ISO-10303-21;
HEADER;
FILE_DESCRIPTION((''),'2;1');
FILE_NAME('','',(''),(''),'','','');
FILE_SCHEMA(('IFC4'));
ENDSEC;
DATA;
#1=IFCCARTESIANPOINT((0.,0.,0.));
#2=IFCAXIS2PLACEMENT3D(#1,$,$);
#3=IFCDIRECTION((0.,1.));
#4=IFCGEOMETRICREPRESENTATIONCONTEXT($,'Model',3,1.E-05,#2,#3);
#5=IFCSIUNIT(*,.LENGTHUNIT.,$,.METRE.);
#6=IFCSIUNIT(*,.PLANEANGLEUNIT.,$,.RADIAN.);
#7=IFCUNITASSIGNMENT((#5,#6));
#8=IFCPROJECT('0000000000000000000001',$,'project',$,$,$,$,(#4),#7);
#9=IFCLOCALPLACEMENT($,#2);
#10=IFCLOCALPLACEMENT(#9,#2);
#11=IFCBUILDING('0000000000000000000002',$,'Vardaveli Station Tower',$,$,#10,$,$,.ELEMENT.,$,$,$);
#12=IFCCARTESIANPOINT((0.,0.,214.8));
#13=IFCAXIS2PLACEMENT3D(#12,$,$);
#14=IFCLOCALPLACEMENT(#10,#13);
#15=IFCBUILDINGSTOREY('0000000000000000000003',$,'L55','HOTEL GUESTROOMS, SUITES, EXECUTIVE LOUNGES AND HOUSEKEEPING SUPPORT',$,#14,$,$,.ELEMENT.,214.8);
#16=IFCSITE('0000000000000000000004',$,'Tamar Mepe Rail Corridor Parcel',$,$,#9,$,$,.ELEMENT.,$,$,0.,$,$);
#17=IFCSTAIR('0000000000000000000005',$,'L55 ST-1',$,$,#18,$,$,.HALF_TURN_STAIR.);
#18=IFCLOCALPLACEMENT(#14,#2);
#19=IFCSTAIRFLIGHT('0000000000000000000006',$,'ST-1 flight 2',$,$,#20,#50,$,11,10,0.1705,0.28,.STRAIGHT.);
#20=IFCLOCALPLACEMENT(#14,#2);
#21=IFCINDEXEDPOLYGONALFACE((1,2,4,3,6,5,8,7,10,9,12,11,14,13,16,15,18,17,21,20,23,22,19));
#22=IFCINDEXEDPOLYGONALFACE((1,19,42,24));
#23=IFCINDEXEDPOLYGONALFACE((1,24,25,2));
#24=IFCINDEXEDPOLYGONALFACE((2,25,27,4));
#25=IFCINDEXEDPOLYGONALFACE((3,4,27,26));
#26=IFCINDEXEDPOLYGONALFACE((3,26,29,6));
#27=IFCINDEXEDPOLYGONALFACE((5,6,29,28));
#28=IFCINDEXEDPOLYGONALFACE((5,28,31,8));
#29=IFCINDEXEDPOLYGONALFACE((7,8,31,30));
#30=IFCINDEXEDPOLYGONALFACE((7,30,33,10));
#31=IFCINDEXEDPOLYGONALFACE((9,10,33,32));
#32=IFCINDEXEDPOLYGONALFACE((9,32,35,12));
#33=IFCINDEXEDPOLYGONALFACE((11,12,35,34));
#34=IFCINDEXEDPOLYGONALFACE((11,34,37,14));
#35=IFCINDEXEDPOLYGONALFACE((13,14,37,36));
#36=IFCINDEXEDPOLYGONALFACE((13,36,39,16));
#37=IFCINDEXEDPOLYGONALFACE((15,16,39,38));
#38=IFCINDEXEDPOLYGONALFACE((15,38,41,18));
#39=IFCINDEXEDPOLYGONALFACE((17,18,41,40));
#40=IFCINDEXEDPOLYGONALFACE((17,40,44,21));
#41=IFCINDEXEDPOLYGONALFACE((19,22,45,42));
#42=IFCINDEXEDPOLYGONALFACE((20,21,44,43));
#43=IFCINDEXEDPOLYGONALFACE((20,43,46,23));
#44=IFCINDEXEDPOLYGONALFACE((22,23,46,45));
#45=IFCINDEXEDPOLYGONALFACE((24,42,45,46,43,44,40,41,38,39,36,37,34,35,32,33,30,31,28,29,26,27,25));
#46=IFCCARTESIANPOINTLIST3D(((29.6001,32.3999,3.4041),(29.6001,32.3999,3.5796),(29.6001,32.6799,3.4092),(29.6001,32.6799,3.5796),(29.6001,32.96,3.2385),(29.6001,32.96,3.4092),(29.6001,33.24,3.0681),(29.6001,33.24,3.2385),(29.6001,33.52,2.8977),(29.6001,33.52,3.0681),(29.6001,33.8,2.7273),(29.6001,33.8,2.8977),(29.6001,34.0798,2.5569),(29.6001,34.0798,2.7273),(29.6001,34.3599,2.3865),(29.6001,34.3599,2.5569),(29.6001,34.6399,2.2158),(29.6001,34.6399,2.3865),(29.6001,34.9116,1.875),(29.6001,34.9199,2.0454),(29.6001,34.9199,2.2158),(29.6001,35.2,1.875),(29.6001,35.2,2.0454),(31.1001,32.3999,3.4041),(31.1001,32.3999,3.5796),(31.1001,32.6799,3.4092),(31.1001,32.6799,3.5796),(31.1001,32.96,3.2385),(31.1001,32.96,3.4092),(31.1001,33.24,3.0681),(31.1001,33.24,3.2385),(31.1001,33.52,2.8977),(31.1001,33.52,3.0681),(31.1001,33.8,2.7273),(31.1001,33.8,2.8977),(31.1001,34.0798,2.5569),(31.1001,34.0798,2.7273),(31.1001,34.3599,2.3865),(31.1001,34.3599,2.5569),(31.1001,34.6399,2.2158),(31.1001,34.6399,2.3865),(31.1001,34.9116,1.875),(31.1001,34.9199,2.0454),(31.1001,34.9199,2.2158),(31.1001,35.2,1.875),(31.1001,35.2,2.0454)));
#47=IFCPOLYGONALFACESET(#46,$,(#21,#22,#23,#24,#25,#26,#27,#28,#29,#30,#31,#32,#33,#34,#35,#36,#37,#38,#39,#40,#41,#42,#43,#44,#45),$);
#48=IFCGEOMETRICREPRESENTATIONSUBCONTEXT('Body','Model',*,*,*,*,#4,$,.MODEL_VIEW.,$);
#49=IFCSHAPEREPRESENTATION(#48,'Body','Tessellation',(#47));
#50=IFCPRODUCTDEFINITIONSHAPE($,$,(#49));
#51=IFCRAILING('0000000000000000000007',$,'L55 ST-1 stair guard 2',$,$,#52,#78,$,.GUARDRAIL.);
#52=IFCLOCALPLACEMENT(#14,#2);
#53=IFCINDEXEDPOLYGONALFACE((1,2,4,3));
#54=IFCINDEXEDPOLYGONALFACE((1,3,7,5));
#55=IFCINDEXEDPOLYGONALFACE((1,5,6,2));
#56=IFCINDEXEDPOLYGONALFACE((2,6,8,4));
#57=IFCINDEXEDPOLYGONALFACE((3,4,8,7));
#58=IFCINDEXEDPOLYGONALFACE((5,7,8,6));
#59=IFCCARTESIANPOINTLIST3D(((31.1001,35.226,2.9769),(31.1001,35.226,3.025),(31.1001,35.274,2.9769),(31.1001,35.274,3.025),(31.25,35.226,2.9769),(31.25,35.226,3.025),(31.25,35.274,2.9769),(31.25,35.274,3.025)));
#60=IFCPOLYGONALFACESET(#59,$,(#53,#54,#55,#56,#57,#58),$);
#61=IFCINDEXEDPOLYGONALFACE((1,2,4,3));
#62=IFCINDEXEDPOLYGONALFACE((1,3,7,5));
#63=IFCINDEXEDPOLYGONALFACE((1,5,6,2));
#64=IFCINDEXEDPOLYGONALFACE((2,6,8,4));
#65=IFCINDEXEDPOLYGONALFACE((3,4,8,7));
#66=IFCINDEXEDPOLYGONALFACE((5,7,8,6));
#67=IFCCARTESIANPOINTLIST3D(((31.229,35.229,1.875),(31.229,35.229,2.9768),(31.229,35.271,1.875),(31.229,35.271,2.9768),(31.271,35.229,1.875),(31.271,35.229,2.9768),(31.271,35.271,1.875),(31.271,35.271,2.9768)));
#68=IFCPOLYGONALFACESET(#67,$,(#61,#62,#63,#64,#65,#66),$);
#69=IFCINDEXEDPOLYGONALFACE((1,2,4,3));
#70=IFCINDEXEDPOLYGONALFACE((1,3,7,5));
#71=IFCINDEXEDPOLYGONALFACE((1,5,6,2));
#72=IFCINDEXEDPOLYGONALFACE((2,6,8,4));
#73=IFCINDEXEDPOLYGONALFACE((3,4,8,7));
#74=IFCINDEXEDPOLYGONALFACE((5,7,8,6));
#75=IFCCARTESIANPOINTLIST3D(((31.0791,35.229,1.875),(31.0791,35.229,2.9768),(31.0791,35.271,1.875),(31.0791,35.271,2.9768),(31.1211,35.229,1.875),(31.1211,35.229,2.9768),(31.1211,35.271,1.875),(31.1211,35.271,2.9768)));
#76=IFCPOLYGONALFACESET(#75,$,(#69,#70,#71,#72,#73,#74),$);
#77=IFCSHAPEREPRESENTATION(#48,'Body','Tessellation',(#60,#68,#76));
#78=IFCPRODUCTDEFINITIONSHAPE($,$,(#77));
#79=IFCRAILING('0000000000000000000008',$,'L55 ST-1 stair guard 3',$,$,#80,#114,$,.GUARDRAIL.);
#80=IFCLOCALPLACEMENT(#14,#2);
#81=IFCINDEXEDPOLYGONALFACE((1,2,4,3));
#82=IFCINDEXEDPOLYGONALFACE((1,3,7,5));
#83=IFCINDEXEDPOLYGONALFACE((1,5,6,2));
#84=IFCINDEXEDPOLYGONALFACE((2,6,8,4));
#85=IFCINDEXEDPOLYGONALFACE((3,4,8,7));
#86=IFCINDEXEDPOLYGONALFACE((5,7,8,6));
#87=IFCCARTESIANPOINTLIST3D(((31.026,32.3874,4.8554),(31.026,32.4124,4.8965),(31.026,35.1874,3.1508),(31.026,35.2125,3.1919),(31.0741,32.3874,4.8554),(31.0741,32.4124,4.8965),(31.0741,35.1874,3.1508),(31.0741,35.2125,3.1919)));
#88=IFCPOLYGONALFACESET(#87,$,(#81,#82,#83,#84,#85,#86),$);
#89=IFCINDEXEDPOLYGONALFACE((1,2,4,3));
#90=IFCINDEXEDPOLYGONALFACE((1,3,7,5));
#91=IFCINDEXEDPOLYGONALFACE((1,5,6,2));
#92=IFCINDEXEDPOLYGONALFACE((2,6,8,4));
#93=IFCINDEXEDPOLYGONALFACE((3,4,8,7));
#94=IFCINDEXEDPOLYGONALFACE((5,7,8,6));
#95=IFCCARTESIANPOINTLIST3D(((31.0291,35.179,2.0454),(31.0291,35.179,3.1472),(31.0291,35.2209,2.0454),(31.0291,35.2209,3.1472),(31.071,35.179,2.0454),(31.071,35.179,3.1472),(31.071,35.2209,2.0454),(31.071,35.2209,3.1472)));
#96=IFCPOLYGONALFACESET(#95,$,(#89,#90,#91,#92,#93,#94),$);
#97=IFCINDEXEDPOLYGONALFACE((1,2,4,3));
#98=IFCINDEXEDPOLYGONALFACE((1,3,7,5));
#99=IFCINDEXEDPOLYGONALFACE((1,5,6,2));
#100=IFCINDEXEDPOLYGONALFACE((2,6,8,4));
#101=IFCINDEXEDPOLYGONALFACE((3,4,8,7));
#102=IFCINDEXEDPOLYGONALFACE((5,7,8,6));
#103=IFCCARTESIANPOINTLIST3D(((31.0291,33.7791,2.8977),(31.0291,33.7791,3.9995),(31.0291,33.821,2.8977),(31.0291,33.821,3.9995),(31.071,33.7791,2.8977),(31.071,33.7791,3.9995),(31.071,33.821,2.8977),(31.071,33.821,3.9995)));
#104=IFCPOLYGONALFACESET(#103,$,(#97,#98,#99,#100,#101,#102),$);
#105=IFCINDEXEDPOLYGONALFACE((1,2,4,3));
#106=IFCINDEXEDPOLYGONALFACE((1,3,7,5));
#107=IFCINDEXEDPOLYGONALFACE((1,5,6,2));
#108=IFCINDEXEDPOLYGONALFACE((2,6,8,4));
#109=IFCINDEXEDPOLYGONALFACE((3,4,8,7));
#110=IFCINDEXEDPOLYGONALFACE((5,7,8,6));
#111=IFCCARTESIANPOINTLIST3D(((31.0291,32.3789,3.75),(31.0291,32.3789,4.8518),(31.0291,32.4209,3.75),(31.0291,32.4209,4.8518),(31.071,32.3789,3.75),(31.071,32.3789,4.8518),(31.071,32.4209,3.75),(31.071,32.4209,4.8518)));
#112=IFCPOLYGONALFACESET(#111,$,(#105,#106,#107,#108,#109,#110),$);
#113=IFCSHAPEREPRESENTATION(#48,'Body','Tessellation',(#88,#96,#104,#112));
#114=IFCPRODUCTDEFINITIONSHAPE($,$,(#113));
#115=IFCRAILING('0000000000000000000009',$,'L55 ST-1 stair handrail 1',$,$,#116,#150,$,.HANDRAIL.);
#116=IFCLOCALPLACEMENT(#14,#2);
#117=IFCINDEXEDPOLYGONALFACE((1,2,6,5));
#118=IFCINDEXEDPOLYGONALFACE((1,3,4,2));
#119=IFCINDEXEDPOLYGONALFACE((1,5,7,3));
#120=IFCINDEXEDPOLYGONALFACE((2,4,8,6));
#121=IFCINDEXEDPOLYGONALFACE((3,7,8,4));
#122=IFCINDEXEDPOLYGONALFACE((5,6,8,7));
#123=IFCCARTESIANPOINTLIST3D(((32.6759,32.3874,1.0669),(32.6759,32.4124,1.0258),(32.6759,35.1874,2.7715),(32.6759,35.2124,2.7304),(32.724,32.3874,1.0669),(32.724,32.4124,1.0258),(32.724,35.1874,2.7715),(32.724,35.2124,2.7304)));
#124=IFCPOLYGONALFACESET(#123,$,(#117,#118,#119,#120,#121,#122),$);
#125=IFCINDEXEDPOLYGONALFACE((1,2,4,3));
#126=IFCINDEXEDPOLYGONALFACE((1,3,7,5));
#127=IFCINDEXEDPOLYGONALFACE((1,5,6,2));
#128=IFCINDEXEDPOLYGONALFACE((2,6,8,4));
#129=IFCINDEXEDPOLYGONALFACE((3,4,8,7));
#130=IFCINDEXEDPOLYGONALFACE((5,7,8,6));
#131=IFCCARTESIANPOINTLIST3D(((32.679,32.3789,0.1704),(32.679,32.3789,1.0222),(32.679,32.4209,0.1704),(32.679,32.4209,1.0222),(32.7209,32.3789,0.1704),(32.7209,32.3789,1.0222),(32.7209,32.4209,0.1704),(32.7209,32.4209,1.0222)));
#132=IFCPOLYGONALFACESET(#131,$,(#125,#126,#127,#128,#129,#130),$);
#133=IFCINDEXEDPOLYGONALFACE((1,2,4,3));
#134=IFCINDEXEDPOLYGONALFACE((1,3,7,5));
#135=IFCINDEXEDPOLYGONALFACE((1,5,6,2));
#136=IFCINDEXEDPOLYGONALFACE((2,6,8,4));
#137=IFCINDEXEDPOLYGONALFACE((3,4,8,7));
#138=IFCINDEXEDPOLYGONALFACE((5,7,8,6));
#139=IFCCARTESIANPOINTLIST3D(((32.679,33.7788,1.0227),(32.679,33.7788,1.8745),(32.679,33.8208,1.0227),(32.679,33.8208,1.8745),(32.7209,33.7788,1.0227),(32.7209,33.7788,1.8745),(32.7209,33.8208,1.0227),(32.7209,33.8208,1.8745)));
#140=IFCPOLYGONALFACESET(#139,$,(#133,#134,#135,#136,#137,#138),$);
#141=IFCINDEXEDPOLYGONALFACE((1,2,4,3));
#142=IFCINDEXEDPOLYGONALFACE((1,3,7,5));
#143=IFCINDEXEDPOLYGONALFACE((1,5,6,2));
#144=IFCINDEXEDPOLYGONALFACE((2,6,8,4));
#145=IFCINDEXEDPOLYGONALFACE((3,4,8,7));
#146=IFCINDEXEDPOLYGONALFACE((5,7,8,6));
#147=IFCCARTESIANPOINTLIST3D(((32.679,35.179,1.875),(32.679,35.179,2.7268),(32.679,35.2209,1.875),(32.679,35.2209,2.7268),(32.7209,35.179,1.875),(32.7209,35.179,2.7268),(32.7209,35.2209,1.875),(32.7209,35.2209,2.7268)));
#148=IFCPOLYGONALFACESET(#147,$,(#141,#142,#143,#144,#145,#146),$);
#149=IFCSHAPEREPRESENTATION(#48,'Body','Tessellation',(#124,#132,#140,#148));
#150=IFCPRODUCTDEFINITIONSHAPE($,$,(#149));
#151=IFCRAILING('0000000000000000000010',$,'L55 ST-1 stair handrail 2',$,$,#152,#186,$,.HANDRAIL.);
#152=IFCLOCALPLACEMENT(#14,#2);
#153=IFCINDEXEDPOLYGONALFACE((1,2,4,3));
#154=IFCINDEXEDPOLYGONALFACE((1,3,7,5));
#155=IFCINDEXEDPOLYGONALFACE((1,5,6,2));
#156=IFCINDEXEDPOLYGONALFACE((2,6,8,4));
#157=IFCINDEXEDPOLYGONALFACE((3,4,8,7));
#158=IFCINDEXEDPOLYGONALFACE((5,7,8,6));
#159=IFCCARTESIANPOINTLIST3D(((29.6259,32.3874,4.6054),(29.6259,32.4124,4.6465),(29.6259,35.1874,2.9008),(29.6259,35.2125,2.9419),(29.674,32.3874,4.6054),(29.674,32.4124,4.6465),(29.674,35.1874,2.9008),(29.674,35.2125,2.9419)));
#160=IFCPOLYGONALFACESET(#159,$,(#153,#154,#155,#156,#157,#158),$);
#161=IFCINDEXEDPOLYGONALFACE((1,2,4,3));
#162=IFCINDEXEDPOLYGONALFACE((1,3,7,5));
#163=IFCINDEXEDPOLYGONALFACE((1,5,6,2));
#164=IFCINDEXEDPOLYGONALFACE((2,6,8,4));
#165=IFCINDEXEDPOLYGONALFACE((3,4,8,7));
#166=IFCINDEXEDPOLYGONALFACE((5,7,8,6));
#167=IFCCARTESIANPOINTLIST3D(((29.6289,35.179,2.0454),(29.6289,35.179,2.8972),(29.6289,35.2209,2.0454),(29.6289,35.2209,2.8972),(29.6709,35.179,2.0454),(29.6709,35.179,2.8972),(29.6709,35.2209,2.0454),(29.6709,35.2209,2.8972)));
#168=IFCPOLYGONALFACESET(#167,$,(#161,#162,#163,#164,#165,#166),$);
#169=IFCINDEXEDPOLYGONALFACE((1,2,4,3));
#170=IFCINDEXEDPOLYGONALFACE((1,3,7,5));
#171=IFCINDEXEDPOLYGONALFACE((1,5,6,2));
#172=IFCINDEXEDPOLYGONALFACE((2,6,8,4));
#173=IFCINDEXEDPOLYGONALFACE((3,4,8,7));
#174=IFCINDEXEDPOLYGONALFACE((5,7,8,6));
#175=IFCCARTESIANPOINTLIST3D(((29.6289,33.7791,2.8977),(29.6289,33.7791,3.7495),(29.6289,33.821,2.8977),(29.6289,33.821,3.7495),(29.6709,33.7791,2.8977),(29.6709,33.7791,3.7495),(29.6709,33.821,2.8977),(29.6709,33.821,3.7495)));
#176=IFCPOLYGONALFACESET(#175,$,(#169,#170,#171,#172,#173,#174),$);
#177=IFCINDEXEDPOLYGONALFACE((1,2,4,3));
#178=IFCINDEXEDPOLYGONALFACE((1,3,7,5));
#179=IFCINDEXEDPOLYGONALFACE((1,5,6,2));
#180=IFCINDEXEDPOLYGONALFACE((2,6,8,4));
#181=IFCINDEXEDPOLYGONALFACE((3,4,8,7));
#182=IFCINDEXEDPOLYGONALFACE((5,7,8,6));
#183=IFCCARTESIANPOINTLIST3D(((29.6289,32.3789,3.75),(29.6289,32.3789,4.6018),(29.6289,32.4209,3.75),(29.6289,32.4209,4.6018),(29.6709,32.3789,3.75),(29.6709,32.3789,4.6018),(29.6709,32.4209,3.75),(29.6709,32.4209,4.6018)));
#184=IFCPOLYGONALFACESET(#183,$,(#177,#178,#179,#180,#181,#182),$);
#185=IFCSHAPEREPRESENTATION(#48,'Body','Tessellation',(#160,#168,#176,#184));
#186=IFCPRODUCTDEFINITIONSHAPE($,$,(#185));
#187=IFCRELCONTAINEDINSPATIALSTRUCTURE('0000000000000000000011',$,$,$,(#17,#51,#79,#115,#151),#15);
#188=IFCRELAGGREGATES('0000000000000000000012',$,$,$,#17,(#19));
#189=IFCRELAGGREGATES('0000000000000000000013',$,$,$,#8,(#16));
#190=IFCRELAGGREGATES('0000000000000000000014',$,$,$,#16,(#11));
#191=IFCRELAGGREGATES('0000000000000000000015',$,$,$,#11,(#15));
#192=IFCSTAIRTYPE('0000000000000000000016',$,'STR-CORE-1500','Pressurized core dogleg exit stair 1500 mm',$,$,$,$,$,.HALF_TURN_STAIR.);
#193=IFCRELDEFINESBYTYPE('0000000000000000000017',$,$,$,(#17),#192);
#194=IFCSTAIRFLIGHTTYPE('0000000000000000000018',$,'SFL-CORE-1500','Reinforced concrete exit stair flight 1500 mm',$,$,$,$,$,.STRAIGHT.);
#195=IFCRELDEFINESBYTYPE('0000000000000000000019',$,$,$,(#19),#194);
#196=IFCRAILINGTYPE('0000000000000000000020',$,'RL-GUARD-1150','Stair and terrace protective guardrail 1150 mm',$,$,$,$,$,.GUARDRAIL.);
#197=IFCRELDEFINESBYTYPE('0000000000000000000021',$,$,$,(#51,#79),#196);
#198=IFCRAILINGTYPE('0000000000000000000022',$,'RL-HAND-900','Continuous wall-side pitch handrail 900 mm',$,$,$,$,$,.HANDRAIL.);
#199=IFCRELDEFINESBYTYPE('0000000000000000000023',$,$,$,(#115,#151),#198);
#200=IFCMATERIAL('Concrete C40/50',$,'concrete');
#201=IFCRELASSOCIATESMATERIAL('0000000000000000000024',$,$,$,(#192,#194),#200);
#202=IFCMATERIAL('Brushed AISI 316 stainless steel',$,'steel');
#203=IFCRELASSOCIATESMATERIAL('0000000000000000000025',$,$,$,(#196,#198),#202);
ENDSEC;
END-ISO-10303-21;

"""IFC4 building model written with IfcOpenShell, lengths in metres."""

from ifc_helpers import new_model, si_unit, direction, frame, origin, origin_2d, place, context, subcontext, project, spatial, polyline, rectangle, outline, extrude, source, transform, mapped, material, type_object, element, aggregate, save


model = new_model("IFC4")

# Units and contexts
model_context = context("Model", 3, precision=1e-05, world=origin(), true_north=direction((0.0, 1.0)))
body_context = subcontext(model_context, "Body", "Model", "MODEL_VIEW")
ifc_project = project(units=[si_unit("LENGTHUNIT", "METRE"), si_unit("PLANEANGLEUNIT", "RADIAN")], contexts=[model_context])

# Site, building, storey
site_placement = place(None, origin())
site = spatial("IfcSite", under=ifc_project, at=site_placement, Name="Tamar Mepe Rail Corridor Parcel", CompositionType="ELEMENT", RefElevation=0.0)
building_placement = place(site_placement, origin())
building = spatial("IfcBuilding", under=site, at=building_placement, Name="Vardaveli Station Tower", CompositionType="ELEMENT")
storey_placement = place(building_placement, frame((0.0, 0.0, 214.8)))
storey = spatial("IfcBuildingStorey", under=building, at=storey_placement, Name="L55", Description="HOTEL GUESTROOMS, SUITES, EXECUTIVE LOUNGES AND HOUSEKEEPING SUPPORT", CompositionType="ELEMENT", Elevation=214.8)

# Shared definitions
ifc_material_1 = material(Name="Concrete C40/50", Category="concrete")

# Stair, stair flight
stair_type = type_object("IfcStairType", Name="STR-CORE-1500", Description="Pressurized core dogleg exit stair 1500 mm", PredefinedType="HALF_TURN_STAIR", material=ifc_material_1)
stair_placement = place(storey_placement, origin())
stair = element("IfcStair", 1, at=stair_placement, inside=storey, type_object=stair_type, Name="L55 ST-1", PredefinedType="HALF_TURN_STAIR")
stair_flight_type = type_object("IfcStairFlightType", Name="SFL-CORE-1500", Description="Reinforced concrete exit stair flight 1500 mm", PredefinedType="STRAIGHT", material=ifc_material_1)
shared_shape_1 = source(origin(), body_context, "Body", "SweptSolid", [
    extrude(outline(polyline([(0.0, 0.0), (0.0, 0.1704), (0.28, 0.1704), (0.28, 0.3408), (0.5601, 0.3408), (0.5601, 0.5115), (0.8401, 0.5115), (0.8401, 0.6819), (1.1201, 0.6819), (1.1201, 0.8523), (1.3999, 0.8523), (1.3999, 1.0227), (1.6799, 1.0227), (1.6799, 1.1931), (1.96, 1.1931), (1.96, 1.3635), (2.24, 1.3635), (2.24, 1.5342), (2.52, 1.5342), (2.52, 1.7046), (2.8, 1.7046), (2.8, 1.875), (2.8, 1.5291), (0.2883, 0.0), (0.0, 0.0)])), frame((0.0, 0.75, 0.0), z_axis=(0.0, -1.0, 0.0), x_axis=(1.0, 0.0, 0.0)), (0.0, 0.0, 1.0), 1.5),
])
stair_flight_1_placement = place(storey_placement, frame((30.3501, 35.2, 1.875), z_axis=(0.0, 0.0, 1.0), x_axis=(0.0, -1.0, 0.0)))
stair_flight_1 = element("IfcStairFlight", 2, at=stair_flight_1_placement, type_object=stair_flight_type, Name="ST-1 flight 2", NumberOfRisers=11, NumberOfTreads=10, PredefinedType="STRAIGHT", RiserHeight=0.1705, TreadLength=0.28, context=body_context, shape_type="MappedRepresentation", body=[
    mapped(shared_shape_1, transform((0.0, 0.0, 0.0), scale=1.0)),
])
aggregate(stair, [stair_flight_1])

# Railings
ifc_material_2 = material(Name="Brushed AISI 316 stainless steel", Category="steel")
railing_type_1 = type_object("IfcRailingType", Name="RL-GUARD-1150", Description="Stair and terrace protective guardrail 1150 mm", PredefinedType="GUARDRAIL", material=ifc_material_2)
shared_shape_2 = source(origin(), body_context, "Body", "SweptSolid", [
    extrude(rectangle(XDim=0.0481, YDim=0.0481, at=origin_2d()), frame((0.0, 0.0, 1.126), z_axis=(-1.0, 0.0, 0.0), x_axis=(0.0, -1.0, 0.0)), (0.0, 0.0, 1.0), 0.1499),
    extrude(rectangle(XDim=0.042, YDim=0.042, at=origin_2d()), origin(), (0.0, 0.0, 1.0), 1.1018),
    extrude(rectangle(XDim=0.042, YDim=0.042, at=origin_2d()), frame((-0.1499, 0.0, 0.0)), (0.0, 0.0, 1.0), 1.1018),
])
railing_1_placement = place(storey_placement, frame((31.25, 35.25, 1.875)))
element("IfcRailing", 3, at=railing_1_placement, inside=storey, type_object=railing_type_1, Name="L55 ST-1 stair guard 2", PredefinedType="GUARDRAIL", context=body_context, shape_type="MappedRepresentation", body=[
    mapped(shared_shape_2, transform((0.0, 0.0, 0.0), scale=1.0)),
])
shared_shape_3 = source(origin(), body_context, "Body", "SweptSolid", [
    extrude(rectangle(XDim=0.0481, YDim=0.0481, at=origin_2d()), frame((0.0, 0.0, 1.126), z_axis=(0.0, -0.85417, 0.519994), x_axis=(1.0, 0.0, 0.0)), (0.0, 0.0, 1.0), 3.2781),
    extrude(rectangle(XDim=0.042, YDim=0.042, at=origin_2d()), origin(), (0.0, 0.0, 1.0), 1.1018),
    extrude(rectangle(XDim=0.042, YDim=0.042, at=origin_2d()), frame((0.0, -1.3999, 0.8523)), (0.0, 0.0, 1.0), 1.1018),
    extrude(rectangle(XDim=0.042, YDim=0.042, at=origin_2d()), frame((0.0, -2.8, 1.7046)), (0.0, 0.0, 1.0), 1.1018),
])
railing_2_placement = place(storey_placement, frame((31.05, 35.2, 2.0454)))
element("IfcRailing", 4, at=railing_2_placement, inside=storey, type_object=railing_type_1, Name="L55 ST-1 stair guard 3", PredefinedType="GUARDRAIL", context=body_context, shape_type="MappedRepresentation", body=[
    mapped(shared_shape_3, transform((0.0, 0.0, 0.0), scale=1.0)),
])
railing_type_2 = type_object("IfcRailingType", Name="RL-HAND-900", Description="Continuous wall-side pitch handrail 900 mm", PredefinedType="HANDRAIL", material=ifc_material_2)
shared_shape_4 = source(origin(), body_context, "Body", "SweptSolid", [
    extrude(rectangle(XDim=0.0481, YDim=0.0481, at=origin_2d()), frame((0.0, 0.0, 0.876), z_axis=(0.0, 0.85417, 0.519994), x_axis=(-1.0, 0.0, 0.0)), (0.0, 0.0, 1.0), 3.2781),
    extrude(rectangle(XDim=0.042, YDim=0.042, at=origin_2d()), origin(), (0.0, 0.0, 1.0), 0.8518),
    extrude(rectangle(XDim=0.042, YDim=0.042, at=origin_2d()), frame((0.0, 1.3999, 0.8523)), (0.0, 0.0, 1.0), 0.8518),
    extrude(rectangle(XDim=0.042, YDim=0.042, at=origin_2d()), frame((0.0, 2.8, 1.7046)), (0.0, 0.0, 1.0), 0.8518),
])
railing_3_placement = place(storey_placement, frame((32.7, 32.3999, 0.1704)))
element("IfcRailing", 5, at=railing_3_placement, inside=storey, type_object=railing_type_2, Name="L55 ST-1 stair handrail 1", PredefinedType="HANDRAIL", context=body_context, shape_type="MappedRepresentation", body=[
    mapped(shared_shape_4, transform((0.0, 0.0, 0.0), scale=1.0)),
])
shared_shape_5 = source(origin(), body_context, "Body", "SweptSolid", [
    extrude(rectangle(XDim=0.0481, YDim=0.0481, at=origin_2d()), frame((0.0, 0.0, 0.876), z_axis=(0.0, -0.85417, 0.519994), x_axis=(1.0, 0.0, 0.0)), (0.0, 0.0, 1.0), 3.2781),
    extrude(rectangle(XDim=0.042, YDim=0.042, at=origin_2d()), origin(), (0.0, 0.0, 1.0), 0.8518),
    extrude(rectangle(XDim=0.042, YDim=0.042, at=origin_2d()), frame((0.0, -1.3999, 0.8523)), (0.0, 0.0, 1.0), 0.8518),
    extrude(rectangle(XDim=0.042, YDim=0.042, at=origin_2d()), frame((0.0, -2.8, 1.7046)), (0.0, 0.0, 1.0), 0.8518),
])
railing_4_placement = place(storey_placement, frame((29.6499, 35.2, 2.0454)))
element("IfcRailing", 6, at=railing_4_placement, inside=storey, type_object=railing_type_2, Name="L55 ST-1 stair handrail 2", PredefinedType="HANDRAIL", context=body_context, shape_type="MappedRepresentation", body=[
    mapped(shared_shape_5, transform((0.0, 0.0, 0.0), scale=1.0)),
])

save(model, "model.ifc")
